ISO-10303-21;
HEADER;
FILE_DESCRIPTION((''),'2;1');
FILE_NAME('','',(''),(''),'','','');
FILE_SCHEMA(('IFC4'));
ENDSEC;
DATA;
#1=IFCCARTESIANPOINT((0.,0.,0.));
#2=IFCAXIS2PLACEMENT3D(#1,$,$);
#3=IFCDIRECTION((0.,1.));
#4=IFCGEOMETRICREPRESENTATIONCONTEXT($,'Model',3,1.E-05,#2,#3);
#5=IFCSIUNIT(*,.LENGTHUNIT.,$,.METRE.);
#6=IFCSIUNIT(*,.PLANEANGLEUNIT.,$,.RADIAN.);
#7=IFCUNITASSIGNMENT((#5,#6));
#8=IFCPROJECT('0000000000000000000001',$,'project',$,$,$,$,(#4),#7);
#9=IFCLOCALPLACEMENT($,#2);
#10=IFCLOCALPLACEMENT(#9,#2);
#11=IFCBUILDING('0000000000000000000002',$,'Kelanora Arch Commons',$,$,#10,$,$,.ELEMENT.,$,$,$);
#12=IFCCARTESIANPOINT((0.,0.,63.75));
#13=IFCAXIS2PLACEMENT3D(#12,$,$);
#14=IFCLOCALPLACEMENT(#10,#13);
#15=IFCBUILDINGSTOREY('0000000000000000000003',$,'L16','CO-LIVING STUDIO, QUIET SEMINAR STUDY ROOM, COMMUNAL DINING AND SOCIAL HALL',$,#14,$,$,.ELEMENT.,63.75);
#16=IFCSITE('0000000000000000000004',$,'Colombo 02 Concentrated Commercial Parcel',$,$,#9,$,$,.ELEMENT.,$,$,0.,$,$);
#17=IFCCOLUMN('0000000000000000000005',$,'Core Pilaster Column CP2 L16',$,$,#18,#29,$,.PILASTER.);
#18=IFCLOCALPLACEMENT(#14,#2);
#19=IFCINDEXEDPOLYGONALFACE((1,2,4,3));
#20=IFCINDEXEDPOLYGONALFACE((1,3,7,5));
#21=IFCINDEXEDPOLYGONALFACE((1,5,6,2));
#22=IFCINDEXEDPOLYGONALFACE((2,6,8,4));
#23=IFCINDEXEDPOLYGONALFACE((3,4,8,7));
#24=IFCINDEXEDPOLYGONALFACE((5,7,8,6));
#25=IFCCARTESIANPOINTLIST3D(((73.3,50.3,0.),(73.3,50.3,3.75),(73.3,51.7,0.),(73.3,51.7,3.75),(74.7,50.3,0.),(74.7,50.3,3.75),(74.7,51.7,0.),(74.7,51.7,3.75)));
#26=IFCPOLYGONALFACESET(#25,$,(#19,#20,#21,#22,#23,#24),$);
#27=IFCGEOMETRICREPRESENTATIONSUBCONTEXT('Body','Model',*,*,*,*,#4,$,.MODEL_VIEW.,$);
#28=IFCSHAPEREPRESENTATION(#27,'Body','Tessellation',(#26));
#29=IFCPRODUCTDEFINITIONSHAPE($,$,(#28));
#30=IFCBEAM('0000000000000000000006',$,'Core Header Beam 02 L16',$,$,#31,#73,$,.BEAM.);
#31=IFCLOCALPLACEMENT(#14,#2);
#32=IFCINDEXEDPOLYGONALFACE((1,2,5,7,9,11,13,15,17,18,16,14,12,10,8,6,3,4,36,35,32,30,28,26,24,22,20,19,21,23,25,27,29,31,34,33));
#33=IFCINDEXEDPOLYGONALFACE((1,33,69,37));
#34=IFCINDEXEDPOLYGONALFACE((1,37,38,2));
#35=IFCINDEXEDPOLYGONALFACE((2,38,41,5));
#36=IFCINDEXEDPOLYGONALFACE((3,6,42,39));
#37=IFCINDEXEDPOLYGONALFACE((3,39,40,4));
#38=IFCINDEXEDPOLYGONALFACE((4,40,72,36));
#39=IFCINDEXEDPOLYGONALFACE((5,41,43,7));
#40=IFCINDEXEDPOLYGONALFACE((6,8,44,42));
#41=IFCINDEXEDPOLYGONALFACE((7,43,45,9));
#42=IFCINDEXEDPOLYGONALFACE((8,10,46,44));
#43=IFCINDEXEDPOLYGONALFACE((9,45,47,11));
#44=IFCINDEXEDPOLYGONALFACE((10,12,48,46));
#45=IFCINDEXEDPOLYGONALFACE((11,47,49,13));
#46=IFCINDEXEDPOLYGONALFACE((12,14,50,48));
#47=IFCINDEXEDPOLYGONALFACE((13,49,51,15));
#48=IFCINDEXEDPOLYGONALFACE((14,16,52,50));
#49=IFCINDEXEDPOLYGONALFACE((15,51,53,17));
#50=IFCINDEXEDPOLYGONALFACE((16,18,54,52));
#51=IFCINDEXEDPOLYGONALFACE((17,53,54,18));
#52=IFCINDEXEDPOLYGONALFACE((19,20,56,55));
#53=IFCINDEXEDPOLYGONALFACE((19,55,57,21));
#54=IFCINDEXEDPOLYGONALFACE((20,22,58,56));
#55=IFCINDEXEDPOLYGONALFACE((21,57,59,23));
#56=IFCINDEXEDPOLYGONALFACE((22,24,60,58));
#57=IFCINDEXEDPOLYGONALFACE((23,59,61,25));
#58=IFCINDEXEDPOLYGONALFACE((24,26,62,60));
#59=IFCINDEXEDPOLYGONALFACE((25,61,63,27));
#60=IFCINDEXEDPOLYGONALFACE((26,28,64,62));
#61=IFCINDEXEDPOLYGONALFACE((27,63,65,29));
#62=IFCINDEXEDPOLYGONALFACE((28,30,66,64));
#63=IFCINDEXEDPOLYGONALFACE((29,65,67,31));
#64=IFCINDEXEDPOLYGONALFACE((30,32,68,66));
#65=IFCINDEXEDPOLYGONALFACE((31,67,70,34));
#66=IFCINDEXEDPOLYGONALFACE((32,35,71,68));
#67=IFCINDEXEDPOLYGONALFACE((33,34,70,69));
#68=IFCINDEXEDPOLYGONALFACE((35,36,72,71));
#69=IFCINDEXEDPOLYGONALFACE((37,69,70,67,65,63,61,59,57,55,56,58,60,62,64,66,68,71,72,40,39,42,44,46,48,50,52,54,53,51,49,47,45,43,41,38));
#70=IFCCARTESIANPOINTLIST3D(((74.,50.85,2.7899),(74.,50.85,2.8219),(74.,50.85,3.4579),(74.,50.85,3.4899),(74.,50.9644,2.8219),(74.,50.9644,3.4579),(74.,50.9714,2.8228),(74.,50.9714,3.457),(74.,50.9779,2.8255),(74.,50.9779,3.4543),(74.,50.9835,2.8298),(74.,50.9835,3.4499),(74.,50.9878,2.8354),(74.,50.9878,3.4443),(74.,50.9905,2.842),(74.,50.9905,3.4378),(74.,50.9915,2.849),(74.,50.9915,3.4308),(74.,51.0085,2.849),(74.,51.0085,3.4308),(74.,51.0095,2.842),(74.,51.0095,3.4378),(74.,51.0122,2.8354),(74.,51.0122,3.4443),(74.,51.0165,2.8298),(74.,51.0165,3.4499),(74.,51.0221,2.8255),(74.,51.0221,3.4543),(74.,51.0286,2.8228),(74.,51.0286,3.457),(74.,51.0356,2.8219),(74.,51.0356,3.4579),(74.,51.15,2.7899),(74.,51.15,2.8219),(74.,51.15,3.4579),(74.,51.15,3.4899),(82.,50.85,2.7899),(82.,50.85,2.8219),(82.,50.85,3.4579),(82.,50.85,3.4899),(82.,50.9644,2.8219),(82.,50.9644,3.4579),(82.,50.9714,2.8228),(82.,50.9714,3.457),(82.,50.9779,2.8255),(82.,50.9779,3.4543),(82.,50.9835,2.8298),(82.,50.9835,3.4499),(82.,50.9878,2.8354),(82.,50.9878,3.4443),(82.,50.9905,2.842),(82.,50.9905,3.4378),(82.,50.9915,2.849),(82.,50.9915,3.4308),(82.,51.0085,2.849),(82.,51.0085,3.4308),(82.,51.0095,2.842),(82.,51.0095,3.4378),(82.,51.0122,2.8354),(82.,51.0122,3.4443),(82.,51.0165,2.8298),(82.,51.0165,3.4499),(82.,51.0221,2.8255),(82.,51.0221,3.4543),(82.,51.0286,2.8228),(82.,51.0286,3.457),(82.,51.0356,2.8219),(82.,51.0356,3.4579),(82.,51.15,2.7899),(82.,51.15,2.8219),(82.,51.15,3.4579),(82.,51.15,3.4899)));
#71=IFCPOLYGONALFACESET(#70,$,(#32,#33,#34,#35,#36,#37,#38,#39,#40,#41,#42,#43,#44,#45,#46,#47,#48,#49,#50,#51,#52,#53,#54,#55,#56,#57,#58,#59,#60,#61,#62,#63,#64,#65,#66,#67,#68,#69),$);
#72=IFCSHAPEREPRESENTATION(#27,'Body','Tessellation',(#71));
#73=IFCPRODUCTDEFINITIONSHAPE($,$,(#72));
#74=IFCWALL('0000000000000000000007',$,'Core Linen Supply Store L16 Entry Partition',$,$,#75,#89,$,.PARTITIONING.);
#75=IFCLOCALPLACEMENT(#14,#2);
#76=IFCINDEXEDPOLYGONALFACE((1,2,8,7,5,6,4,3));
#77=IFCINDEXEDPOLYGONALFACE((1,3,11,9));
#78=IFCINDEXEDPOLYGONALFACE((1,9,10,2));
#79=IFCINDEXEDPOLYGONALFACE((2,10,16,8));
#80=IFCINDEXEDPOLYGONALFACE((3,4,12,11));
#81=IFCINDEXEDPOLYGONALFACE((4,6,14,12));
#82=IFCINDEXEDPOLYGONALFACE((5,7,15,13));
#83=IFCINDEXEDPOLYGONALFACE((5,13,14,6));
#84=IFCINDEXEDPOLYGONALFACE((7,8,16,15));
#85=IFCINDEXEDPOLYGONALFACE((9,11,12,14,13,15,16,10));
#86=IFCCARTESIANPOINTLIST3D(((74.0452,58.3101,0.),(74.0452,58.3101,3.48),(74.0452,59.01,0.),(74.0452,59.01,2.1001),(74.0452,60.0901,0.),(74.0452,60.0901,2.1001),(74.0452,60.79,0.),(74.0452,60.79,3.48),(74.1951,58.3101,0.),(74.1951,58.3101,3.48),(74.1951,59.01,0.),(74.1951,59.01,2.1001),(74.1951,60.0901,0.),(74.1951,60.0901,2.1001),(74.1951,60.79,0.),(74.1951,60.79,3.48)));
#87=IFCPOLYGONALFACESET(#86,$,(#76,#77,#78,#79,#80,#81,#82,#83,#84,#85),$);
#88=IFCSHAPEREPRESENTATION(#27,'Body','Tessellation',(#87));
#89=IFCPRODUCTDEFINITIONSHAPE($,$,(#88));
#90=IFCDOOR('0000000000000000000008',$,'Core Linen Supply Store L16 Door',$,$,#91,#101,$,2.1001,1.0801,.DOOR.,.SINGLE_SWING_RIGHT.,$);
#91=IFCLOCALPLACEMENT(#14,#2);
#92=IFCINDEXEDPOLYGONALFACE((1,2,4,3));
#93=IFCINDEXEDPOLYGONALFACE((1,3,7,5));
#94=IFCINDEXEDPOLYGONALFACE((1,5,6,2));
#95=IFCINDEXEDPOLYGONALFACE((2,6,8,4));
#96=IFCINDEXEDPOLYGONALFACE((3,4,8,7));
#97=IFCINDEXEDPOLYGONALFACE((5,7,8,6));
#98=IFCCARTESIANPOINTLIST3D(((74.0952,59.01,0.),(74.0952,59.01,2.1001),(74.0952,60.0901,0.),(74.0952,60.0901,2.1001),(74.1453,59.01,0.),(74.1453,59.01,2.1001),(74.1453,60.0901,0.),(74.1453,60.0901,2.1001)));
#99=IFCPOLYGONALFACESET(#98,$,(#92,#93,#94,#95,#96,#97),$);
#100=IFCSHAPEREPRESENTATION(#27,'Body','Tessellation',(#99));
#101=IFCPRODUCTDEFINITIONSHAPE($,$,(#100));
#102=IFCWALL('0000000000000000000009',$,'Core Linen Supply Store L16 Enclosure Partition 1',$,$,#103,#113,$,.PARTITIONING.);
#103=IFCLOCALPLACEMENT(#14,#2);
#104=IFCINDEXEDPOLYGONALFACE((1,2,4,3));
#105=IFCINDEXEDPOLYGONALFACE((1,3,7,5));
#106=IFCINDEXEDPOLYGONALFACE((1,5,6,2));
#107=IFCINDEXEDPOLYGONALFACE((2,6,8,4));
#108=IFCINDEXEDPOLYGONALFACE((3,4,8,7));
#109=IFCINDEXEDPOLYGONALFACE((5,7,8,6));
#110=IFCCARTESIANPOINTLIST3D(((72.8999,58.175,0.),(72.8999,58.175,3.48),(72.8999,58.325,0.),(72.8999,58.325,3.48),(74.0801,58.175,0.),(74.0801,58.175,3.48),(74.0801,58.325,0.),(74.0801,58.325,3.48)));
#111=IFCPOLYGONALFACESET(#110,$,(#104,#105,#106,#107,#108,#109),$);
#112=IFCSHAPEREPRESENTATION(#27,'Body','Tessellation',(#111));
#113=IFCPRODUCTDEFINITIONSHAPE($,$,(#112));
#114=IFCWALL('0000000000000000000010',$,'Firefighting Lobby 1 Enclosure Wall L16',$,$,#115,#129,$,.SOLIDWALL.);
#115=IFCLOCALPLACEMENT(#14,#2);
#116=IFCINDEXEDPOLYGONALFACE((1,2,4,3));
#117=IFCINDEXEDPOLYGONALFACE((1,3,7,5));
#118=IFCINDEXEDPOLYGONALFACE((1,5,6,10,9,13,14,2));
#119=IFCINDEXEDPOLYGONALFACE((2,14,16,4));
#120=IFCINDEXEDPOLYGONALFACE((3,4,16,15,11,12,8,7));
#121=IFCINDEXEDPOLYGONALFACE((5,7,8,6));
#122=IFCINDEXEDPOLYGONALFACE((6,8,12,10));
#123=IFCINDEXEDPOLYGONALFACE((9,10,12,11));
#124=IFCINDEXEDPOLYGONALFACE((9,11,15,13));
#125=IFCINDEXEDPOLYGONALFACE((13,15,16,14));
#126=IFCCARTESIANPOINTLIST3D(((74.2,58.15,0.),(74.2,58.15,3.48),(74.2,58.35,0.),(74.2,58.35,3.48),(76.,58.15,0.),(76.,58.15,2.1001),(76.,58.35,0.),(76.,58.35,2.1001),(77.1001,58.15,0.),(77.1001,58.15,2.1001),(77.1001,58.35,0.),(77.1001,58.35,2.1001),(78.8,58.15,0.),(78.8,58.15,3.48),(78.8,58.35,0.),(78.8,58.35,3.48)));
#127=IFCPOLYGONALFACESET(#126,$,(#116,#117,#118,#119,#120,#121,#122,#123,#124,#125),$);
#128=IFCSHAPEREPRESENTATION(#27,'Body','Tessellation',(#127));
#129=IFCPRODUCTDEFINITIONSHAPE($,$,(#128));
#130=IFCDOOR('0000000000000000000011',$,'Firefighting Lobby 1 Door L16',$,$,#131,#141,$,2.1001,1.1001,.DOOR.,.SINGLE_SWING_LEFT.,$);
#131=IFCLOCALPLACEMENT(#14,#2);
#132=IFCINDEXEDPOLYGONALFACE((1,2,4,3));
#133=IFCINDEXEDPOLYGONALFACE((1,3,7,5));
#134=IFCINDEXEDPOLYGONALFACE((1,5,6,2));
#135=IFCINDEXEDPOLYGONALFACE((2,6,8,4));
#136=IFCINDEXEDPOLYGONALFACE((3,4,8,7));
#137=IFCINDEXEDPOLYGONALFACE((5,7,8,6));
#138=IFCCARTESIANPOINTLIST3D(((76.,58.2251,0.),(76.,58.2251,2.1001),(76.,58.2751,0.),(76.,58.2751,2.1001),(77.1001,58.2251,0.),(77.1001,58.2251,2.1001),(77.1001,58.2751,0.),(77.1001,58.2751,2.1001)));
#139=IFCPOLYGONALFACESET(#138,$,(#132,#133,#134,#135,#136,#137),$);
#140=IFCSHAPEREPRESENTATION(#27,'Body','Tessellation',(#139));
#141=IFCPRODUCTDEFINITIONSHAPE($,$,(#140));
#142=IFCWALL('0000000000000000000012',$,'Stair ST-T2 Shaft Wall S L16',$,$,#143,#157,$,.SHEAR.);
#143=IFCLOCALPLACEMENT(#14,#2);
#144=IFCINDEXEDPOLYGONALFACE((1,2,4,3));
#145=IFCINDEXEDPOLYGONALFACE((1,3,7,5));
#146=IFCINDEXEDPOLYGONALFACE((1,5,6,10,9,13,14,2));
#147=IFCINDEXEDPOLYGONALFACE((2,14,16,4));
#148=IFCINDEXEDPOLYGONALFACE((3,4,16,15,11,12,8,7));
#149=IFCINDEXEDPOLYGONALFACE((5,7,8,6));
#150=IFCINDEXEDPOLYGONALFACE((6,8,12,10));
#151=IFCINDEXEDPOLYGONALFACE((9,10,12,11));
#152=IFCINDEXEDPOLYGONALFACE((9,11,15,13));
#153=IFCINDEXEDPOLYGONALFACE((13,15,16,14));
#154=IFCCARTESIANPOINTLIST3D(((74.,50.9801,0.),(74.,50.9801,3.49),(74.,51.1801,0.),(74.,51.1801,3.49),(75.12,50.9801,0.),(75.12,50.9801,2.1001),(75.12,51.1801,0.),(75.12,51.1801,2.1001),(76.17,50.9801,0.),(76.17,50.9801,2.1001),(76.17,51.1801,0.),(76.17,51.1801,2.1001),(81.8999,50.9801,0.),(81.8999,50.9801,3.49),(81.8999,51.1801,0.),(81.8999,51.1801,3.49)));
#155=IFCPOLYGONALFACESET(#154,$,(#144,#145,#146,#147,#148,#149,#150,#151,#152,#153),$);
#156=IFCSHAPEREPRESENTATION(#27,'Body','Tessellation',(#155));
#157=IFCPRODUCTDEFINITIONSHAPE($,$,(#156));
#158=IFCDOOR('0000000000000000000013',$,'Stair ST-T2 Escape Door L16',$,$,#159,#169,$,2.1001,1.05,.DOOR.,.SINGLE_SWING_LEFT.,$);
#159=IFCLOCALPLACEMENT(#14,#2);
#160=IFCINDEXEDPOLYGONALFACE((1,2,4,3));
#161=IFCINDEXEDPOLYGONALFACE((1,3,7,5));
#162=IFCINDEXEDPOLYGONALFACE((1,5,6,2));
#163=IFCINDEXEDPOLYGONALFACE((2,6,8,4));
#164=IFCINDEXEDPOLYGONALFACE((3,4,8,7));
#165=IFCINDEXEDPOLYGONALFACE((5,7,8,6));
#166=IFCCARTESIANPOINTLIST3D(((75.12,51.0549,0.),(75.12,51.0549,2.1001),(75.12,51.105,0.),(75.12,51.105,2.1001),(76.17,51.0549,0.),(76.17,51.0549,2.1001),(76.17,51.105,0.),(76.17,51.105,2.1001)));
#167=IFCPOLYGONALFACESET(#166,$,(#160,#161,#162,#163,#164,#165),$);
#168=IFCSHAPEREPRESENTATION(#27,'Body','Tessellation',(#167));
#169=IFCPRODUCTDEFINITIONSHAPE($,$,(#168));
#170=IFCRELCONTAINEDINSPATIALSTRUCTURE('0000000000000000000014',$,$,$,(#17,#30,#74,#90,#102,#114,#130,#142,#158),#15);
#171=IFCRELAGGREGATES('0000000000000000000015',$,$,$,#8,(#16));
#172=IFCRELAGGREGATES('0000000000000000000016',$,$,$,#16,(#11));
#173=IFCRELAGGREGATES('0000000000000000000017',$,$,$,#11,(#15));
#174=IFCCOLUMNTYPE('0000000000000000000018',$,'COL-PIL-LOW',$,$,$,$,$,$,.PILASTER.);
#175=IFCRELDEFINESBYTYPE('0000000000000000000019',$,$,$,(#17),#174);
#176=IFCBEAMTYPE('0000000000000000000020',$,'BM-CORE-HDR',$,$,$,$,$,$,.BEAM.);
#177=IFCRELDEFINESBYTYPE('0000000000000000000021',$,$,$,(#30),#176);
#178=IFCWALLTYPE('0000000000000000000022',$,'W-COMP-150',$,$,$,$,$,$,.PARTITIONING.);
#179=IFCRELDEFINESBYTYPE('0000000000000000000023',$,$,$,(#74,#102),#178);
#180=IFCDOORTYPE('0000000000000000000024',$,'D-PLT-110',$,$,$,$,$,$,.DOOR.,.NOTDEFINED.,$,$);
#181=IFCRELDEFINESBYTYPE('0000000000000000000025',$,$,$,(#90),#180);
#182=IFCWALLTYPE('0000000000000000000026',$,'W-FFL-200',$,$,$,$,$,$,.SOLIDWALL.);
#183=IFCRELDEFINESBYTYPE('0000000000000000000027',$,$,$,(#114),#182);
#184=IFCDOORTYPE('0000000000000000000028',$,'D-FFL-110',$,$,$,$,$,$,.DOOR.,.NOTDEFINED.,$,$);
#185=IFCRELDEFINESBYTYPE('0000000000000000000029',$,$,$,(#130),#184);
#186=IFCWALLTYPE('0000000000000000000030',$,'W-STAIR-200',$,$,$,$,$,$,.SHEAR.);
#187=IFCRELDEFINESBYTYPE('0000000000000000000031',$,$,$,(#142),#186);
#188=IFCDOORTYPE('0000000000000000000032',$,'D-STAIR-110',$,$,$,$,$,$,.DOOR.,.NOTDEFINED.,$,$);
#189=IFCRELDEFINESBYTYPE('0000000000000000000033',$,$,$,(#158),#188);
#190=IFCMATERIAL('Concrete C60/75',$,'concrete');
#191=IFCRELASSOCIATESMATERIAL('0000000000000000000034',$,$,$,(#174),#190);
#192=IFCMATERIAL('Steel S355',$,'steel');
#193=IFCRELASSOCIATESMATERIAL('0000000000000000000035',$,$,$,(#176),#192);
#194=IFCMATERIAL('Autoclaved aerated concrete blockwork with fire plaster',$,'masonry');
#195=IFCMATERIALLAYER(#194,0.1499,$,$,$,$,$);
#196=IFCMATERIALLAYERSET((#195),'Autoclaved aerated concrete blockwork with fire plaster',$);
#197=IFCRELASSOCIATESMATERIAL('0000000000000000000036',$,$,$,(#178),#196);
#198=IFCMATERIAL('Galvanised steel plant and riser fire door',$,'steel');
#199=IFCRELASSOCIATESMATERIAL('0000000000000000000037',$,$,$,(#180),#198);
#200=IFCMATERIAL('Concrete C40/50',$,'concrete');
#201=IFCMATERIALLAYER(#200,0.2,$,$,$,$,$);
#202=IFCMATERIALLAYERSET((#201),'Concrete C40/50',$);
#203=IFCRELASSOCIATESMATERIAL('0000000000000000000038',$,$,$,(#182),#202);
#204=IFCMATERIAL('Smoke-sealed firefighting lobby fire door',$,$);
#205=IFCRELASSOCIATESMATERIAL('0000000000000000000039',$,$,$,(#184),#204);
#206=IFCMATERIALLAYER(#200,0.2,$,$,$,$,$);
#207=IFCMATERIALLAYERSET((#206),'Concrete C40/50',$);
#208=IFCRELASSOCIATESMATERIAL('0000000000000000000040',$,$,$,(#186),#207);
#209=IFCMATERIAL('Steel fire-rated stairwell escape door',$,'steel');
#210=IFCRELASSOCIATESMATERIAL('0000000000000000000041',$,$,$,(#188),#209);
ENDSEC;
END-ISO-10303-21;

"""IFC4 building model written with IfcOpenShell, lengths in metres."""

from ifc_helpers import new_model, si_unit, direction, frame, frame_2d, origin, origin_2d, place, context, subcontext, project, spatial, rectangle, i_section, extrude, material, layer, layer_set, material_profile, profile_set, type_object, element, fill, save


model = new_model("IFC4")

# Units and contexts
model_context = context("Model", 3, precision=1e-05, world=origin(), true_north=direction((0.0, 1.0)))
body_context = subcontext(model_context, "Body", "Model", "MODEL_VIEW")
ifc_project = project(units=[si_unit("LENGTHUNIT", "METRE"), si_unit("PLANEANGLEUNIT", "RADIAN")], contexts=[model_context])

# Site, building, storey
site_placement = place(None, origin())
site = spatial("IfcSite", under=ifc_project, at=site_placement, Name="Colombo 02 Concentrated Commercial Parcel", CompositionType="ELEMENT", RefElevation=0.0)
building_placement = place(site_placement, origin())
building = spatial("IfcBuilding", under=site, at=building_placement, Name="Kelanora Arch Commons", CompositionType="ELEMENT")
storey_placement = place(building_placement, frame((0.0, 0.0, 63.75)))
storey = spatial("IfcBuildingStorey", under=building, at=storey_placement, Name="L16", Description="CO-LIVING STUDIO, QUIET SEMINAR STUDY ROOM, COMMUNAL DINING AND SOCIAL HALL", CompositionType="ELEMENT", Elevation=63.75)

# Column
ifc_material_1 = material(Name="Concrete C60/75", Category="concrete")
ifc_material_profile_1 = material_profile(ifc_material_1, rectangle(XDim=1.3999, YDim=1.3999, at=origin_2d()), Name="RC1400x1400")
ifc_profile_set_1 = profile_set([ifc_material_profile_1], Name="Concrete C60/75")
column_type = type_object("IfcColumnType", Name="COL-PIL-LOW", PredefinedType="PILASTER", material=ifc_profile_set_1)
column_placement = place(storey_placement, frame((74.0, 51.0, 0.0), z_axis=(0.0, 0.0, 1.0), x_axis=(1.0, 0.0, 0.0)))
element("IfcColumn", 1, at=column_placement, inside=storey, type_object=column_type, Name="Core Pilaster Column CP2 L16", PredefinedType="PILASTER", context=body_context, shape_type="SweptSolid", body=[
    extrude(rectangle(XDim=1.3999, YDim=1.3999, at=origin_2d()), origin(), (0.0, 0.0, 1.0), 3.75),
])

# Beam
ifc_material_2 = material(Name="Steel S355", Category="steel")
ifc_material_profile_2 = material_profile(ifc_material_2, i_section(OverallWidth=0.3, OverallDepth=0.7, WebThickness=0.0171, FlangeThickness=0.032, FilletRadius=0.0271, at=origin_2d()), Name="HEB700")
ifc_profile_set_2 = profile_set([ifc_material_profile_2], Name="Steel S355")
beam_type = type_object("IfcBeamType", Name="BM-CORE-HDR", PredefinedType="BEAM", material=ifc_profile_set_2)
beam_placement = place(storey_placement, frame((74.0, 51.0, 3.1399), z_axis=(1.0, 0.0, 0.0), x_axis=(0.0, 1.0, 0.0)))
element("IfcBeam", 2, at=beam_placement, inside=storey, type_object=beam_type, Name="Core Header Beam 02 L16", PredefinedType="BEAM", context=body_context, shape_type="SweptSolid", body=[
    extrude(i_section(OverallWidth=0.3, OverallDepth=0.7, WebThickness=0.0171, FlangeThickness=0.032, FilletRadius=0.0271, at=origin_2d()), origin(), (0.0, 0.0, 1.0), 8.0),
])

# Wall, opening, door
ifc_material_3 = material(Name="Autoclaved aerated concrete blockwork with fire plaster", Category="masonry")
ifc_layer_1 = layer(ifc_material_3, 0.1499)
ifc_layer_set_1 = layer_set([ifc_layer_1], Name="Autoclaved aerated concrete blockwork with fire plaster")
wall_type_1 = type_object("IfcWallType", Name="W-COMP-150", PredefinedType="PARTITIONING", material=ifc_layer_set_1)
wall_1_placement = place(storey_placement, frame((74.1201, 58.3101, 0.0), z_axis=(0.0, 0.0, 1.0), x_axis=(0.0, 1.0, 0.0)))
wall_1 = element("IfcWall", 3, at=wall_1_placement, inside=storey, type_object=wall_type_1, Name="Core Linen Supply Store L16 Entry Partition", PredefinedType="PARTITIONING", context=body_context, shape_type="SweptSolid", body=[
    extrude(rectangle(XDim=2.48, YDim=0.1499, at=frame_2d((1.24, 0.0))), origin(), (0.0, 0.0, 1.0), 3.48),
])
opening_1_placement = place(wall_1_placement, frame((0.7, 0.0, 0.0)))
opening_1 = element("IfcOpeningElement", 4, at=opening_1_placement, cuts=wall_1, PredefinedType="OPENING", context=body_context, shape_type="SweptSolid", body=[
    extrude(rectangle(XDim=1.0801, YDim=2.1001, at=frame_2d((0.54, 1.05))), frame((0.0, 0.085, 0.0), z_axis=(0.0, -1.0, 0.0), x_axis=(1.0, 0.0, 0.0)), (0.0, 0.0, 1.0), 0.1699),
])
ifc_material_4 = material(Name="Galvanised steel plant and riser fire door", Category="steel")
door_type_1 = type_object("IfcDoorType", Name="D-PLT-110", OperationType="NOTDEFINED", PredefinedType="DOOR", material=ifc_material_4)
door_1_placement = place(opening_1_placement, origin())
door_1 = element("IfcDoor", 5, at=door_1_placement, inside=storey, type_object=door_type_1, Name="Core Linen Supply Store L16 Door", OperationType="SINGLE_SWING_RIGHT", OverallHeight=2.1001, OverallWidth=1.0801, PredefinedType="DOOR", context=body_context, shape_type="SweptSolid", body=[
    extrude(rectangle(XDim=1.0801, YDim=2.1001, at=frame_2d((0.54, 1.05))), frame((0.0, 0.0249, 0.0), z_axis=(0.0, -1.0, 0.0), x_axis=(1.0, 0.0, 0.0)), (0.0, 0.0, 1.0), 0.05),
])
fill(opening_1, door_1)

# Wall
wall_2_placement = place(storey_placement, frame((72.8999, 58.25, 0.0), z_axis=(0.0, 0.0, 1.0), x_axis=(1.0, 0.0, 0.0)))
element("IfcWall", 6, at=wall_2_placement, inside=storey, type_object=wall_type_1, Name="Core Linen Supply Store L16 Enclosure Partition 1", PredefinedType="PARTITIONING", context=body_context, shape_type="SweptSolid", body=[
    extrude(rectangle(XDim=1.1802, YDim=0.1499, at=frame_2d((0.5901, 0.0))), origin(), (0.0, 0.0, 1.0), 3.48),
])

# Walls, openings, doors
ifc_material_5 = material(Name="Concrete C40/50", Category="concrete")
ifc_layer_2 = layer(ifc_material_5, 0.2)
ifc_layer_set_2 = layer_set([ifc_layer_2], Name="Concrete C40/50")
wall_type_2 = type_object("IfcWallType", Name="W-FFL-200", PredefinedType="SOLIDWALL", material=ifc_layer_set_2)
wall_3_placement = place(storey_placement, frame((74.2, 58.25, 0.0), z_axis=(0.0, 0.0, 1.0), x_axis=(1.0, 0.0, 0.0)))
wall_3 = element("IfcWall", 7, at=wall_3_placement, inside=storey, type_object=wall_type_2, Name="Firefighting Lobby 1 Enclosure Wall L16", PredefinedType="SOLIDWALL", context=body_context, shape_type="SweptSolid", body=[
    extrude(rectangle(XDim=4.6001, YDim=0.2, at=frame_2d((2.3, 0.0))), origin(), (0.0, 0.0, 1.0), 3.48),
])
opening_2_placement = place(wall_3_placement, frame((1.8, 0.0, 0.0)))
opening_2 = element("IfcOpeningElement", 8, at=opening_2_placement, cuts=wall_3, PredefinedType="OPENING", context=body_context, shape_type="SweptSolid", body=[
    extrude(rectangle(XDim=1.1001, YDim=2.1001, at=frame_2d((0.55, 1.05))), frame((0.0, 0.1099, 0.0), z_axis=(0.0, -1.0, 0.0), x_axis=(1.0, 0.0, 0.0)), (0.0, 0.0, 1.0), 0.22),
])
ifc_material_6 = material(Name="Smoke-sealed firefighting lobby fire door")
door_type_2 = type_object("IfcDoorType", Name="D-FFL-110", OperationType="NOTDEFINED", PredefinedType="DOOR", material=ifc_material_6)
door_2_placement = place(opening_2_placement, frame((1.1001, 0.0, 0.0), z_axis=(0.0, 0.0, 1.0), x_axis=(-1.0, 0.0, 0.0)))
door_2 = element("IfcDoor", 9, at=door_2_placement, inside=storey, type_object=door_type_2, Name="Firefighting Lobby 1 Door L16", OperationType="SINGLE_SWING_LEFT", OverallHeight=2.1001, OverallWidth=1.1001, PredefinedType="DOOR", context=body_context, shape_type="SweptSolid", body=[
    extrude(rectangle(XDim=1.1001, YDim=2.1001, at=frame_2d((0.55, 1.05))), frame((0.0, 0.0249, 0.0), z_axis=(0.0, -1.0, 0.0), x_axis=(1.0, 0.0, 0.0)), (0.0, 0.0, 1.0), 0.05),
])
fill(opening_2, door_2)
ifc_layer_3 = layer(ifc_material_5, 0.2)
ifc_layer_set_3 = layer_set([ifc_layer_3], Name="Concrete C40/50")
wall_type_3 = type_object("IfcWallType", Name="W-STAIR-200", PredefinedType="SHEAR", material=ifc_layer_set_3)
wall_4_placement = place(storey_placement, frame((74.0, 51.0801, 0.0), z_axis=(0.0, 0.0, 1.0), x_axis=(1.0, 0.0, 0.0)))
wall_4 = element("IfcWall", 10, at=wall_4_placement, inside=storey, type_object=wall_type_3, Name="Stair ST-T2 Shaft Wall S L16", PredefinedType="SHEAR", context=body_context, shape_type="SweptSolid", body=[
    extrude(rectangle(XDim=7.8999, YDim=0.2, at=frame_2d((3.95, 0.0))), origin(), (0.0, 0.0, 1.0), 3.49),
])
opening_3_placement = place(wall_4_placement, frame((1.1201, 0.0, 0.0)))
opening_3 = element("IfcOpeningElement", 11, at=opening_3_placement, cuts=wall_4, PredefinedType="OPENING", context=body_context, shape_type="SweptSolid", body=[
    extrude(rectangle(XDim=1.05, YDim=2.1001, at=frame_2d((0.5249, 1.05))), frame((0.0, 0.1099, 0.0), z_axis=(0.0, -1.0, 0.0), x_axis=(1.0, 0.0, 0.0)), (0.0, 0.0, 1.0), 0.22),
])
ifc_material_7 = material(Name="Steel fire-rated stairwell escape door", Category="steel")
door_type_3 = type_object("IfcDoorType", Name="D-STAIR-110", OperationType="NOTDEFINED", PredefinedType="DOOR", material=ifc_material_7)
door_3_placement = place(opening_3_placement, origin())
door_3 = element("IfcDoor", 12, at=door_3_placement, inside=storey, type_object=door_type_3, Name="Stair ST-T2 Escape Door L16", OperationType="SINGLE_SWING_LEFT", OverallHeight=2.1001, OverallWidth=1.05, PredefinedType="DOOR", context=body_context, shape_type="SweptSolid", body=[
    extrude(rectangle(XDim=1.05, YDim=2.1001, at=frame_2d((0.5249, 1.05))), frame((0.0, 0.0249, 0.0), z_axis=(0.0, -1.0, 0.0), x_axis=(1.0, 0.0, 0.0)), (0.0, 0.0, 1.0), 0.05),
])
fill(opening_3, door_3)

save(model, "model.ifc")
